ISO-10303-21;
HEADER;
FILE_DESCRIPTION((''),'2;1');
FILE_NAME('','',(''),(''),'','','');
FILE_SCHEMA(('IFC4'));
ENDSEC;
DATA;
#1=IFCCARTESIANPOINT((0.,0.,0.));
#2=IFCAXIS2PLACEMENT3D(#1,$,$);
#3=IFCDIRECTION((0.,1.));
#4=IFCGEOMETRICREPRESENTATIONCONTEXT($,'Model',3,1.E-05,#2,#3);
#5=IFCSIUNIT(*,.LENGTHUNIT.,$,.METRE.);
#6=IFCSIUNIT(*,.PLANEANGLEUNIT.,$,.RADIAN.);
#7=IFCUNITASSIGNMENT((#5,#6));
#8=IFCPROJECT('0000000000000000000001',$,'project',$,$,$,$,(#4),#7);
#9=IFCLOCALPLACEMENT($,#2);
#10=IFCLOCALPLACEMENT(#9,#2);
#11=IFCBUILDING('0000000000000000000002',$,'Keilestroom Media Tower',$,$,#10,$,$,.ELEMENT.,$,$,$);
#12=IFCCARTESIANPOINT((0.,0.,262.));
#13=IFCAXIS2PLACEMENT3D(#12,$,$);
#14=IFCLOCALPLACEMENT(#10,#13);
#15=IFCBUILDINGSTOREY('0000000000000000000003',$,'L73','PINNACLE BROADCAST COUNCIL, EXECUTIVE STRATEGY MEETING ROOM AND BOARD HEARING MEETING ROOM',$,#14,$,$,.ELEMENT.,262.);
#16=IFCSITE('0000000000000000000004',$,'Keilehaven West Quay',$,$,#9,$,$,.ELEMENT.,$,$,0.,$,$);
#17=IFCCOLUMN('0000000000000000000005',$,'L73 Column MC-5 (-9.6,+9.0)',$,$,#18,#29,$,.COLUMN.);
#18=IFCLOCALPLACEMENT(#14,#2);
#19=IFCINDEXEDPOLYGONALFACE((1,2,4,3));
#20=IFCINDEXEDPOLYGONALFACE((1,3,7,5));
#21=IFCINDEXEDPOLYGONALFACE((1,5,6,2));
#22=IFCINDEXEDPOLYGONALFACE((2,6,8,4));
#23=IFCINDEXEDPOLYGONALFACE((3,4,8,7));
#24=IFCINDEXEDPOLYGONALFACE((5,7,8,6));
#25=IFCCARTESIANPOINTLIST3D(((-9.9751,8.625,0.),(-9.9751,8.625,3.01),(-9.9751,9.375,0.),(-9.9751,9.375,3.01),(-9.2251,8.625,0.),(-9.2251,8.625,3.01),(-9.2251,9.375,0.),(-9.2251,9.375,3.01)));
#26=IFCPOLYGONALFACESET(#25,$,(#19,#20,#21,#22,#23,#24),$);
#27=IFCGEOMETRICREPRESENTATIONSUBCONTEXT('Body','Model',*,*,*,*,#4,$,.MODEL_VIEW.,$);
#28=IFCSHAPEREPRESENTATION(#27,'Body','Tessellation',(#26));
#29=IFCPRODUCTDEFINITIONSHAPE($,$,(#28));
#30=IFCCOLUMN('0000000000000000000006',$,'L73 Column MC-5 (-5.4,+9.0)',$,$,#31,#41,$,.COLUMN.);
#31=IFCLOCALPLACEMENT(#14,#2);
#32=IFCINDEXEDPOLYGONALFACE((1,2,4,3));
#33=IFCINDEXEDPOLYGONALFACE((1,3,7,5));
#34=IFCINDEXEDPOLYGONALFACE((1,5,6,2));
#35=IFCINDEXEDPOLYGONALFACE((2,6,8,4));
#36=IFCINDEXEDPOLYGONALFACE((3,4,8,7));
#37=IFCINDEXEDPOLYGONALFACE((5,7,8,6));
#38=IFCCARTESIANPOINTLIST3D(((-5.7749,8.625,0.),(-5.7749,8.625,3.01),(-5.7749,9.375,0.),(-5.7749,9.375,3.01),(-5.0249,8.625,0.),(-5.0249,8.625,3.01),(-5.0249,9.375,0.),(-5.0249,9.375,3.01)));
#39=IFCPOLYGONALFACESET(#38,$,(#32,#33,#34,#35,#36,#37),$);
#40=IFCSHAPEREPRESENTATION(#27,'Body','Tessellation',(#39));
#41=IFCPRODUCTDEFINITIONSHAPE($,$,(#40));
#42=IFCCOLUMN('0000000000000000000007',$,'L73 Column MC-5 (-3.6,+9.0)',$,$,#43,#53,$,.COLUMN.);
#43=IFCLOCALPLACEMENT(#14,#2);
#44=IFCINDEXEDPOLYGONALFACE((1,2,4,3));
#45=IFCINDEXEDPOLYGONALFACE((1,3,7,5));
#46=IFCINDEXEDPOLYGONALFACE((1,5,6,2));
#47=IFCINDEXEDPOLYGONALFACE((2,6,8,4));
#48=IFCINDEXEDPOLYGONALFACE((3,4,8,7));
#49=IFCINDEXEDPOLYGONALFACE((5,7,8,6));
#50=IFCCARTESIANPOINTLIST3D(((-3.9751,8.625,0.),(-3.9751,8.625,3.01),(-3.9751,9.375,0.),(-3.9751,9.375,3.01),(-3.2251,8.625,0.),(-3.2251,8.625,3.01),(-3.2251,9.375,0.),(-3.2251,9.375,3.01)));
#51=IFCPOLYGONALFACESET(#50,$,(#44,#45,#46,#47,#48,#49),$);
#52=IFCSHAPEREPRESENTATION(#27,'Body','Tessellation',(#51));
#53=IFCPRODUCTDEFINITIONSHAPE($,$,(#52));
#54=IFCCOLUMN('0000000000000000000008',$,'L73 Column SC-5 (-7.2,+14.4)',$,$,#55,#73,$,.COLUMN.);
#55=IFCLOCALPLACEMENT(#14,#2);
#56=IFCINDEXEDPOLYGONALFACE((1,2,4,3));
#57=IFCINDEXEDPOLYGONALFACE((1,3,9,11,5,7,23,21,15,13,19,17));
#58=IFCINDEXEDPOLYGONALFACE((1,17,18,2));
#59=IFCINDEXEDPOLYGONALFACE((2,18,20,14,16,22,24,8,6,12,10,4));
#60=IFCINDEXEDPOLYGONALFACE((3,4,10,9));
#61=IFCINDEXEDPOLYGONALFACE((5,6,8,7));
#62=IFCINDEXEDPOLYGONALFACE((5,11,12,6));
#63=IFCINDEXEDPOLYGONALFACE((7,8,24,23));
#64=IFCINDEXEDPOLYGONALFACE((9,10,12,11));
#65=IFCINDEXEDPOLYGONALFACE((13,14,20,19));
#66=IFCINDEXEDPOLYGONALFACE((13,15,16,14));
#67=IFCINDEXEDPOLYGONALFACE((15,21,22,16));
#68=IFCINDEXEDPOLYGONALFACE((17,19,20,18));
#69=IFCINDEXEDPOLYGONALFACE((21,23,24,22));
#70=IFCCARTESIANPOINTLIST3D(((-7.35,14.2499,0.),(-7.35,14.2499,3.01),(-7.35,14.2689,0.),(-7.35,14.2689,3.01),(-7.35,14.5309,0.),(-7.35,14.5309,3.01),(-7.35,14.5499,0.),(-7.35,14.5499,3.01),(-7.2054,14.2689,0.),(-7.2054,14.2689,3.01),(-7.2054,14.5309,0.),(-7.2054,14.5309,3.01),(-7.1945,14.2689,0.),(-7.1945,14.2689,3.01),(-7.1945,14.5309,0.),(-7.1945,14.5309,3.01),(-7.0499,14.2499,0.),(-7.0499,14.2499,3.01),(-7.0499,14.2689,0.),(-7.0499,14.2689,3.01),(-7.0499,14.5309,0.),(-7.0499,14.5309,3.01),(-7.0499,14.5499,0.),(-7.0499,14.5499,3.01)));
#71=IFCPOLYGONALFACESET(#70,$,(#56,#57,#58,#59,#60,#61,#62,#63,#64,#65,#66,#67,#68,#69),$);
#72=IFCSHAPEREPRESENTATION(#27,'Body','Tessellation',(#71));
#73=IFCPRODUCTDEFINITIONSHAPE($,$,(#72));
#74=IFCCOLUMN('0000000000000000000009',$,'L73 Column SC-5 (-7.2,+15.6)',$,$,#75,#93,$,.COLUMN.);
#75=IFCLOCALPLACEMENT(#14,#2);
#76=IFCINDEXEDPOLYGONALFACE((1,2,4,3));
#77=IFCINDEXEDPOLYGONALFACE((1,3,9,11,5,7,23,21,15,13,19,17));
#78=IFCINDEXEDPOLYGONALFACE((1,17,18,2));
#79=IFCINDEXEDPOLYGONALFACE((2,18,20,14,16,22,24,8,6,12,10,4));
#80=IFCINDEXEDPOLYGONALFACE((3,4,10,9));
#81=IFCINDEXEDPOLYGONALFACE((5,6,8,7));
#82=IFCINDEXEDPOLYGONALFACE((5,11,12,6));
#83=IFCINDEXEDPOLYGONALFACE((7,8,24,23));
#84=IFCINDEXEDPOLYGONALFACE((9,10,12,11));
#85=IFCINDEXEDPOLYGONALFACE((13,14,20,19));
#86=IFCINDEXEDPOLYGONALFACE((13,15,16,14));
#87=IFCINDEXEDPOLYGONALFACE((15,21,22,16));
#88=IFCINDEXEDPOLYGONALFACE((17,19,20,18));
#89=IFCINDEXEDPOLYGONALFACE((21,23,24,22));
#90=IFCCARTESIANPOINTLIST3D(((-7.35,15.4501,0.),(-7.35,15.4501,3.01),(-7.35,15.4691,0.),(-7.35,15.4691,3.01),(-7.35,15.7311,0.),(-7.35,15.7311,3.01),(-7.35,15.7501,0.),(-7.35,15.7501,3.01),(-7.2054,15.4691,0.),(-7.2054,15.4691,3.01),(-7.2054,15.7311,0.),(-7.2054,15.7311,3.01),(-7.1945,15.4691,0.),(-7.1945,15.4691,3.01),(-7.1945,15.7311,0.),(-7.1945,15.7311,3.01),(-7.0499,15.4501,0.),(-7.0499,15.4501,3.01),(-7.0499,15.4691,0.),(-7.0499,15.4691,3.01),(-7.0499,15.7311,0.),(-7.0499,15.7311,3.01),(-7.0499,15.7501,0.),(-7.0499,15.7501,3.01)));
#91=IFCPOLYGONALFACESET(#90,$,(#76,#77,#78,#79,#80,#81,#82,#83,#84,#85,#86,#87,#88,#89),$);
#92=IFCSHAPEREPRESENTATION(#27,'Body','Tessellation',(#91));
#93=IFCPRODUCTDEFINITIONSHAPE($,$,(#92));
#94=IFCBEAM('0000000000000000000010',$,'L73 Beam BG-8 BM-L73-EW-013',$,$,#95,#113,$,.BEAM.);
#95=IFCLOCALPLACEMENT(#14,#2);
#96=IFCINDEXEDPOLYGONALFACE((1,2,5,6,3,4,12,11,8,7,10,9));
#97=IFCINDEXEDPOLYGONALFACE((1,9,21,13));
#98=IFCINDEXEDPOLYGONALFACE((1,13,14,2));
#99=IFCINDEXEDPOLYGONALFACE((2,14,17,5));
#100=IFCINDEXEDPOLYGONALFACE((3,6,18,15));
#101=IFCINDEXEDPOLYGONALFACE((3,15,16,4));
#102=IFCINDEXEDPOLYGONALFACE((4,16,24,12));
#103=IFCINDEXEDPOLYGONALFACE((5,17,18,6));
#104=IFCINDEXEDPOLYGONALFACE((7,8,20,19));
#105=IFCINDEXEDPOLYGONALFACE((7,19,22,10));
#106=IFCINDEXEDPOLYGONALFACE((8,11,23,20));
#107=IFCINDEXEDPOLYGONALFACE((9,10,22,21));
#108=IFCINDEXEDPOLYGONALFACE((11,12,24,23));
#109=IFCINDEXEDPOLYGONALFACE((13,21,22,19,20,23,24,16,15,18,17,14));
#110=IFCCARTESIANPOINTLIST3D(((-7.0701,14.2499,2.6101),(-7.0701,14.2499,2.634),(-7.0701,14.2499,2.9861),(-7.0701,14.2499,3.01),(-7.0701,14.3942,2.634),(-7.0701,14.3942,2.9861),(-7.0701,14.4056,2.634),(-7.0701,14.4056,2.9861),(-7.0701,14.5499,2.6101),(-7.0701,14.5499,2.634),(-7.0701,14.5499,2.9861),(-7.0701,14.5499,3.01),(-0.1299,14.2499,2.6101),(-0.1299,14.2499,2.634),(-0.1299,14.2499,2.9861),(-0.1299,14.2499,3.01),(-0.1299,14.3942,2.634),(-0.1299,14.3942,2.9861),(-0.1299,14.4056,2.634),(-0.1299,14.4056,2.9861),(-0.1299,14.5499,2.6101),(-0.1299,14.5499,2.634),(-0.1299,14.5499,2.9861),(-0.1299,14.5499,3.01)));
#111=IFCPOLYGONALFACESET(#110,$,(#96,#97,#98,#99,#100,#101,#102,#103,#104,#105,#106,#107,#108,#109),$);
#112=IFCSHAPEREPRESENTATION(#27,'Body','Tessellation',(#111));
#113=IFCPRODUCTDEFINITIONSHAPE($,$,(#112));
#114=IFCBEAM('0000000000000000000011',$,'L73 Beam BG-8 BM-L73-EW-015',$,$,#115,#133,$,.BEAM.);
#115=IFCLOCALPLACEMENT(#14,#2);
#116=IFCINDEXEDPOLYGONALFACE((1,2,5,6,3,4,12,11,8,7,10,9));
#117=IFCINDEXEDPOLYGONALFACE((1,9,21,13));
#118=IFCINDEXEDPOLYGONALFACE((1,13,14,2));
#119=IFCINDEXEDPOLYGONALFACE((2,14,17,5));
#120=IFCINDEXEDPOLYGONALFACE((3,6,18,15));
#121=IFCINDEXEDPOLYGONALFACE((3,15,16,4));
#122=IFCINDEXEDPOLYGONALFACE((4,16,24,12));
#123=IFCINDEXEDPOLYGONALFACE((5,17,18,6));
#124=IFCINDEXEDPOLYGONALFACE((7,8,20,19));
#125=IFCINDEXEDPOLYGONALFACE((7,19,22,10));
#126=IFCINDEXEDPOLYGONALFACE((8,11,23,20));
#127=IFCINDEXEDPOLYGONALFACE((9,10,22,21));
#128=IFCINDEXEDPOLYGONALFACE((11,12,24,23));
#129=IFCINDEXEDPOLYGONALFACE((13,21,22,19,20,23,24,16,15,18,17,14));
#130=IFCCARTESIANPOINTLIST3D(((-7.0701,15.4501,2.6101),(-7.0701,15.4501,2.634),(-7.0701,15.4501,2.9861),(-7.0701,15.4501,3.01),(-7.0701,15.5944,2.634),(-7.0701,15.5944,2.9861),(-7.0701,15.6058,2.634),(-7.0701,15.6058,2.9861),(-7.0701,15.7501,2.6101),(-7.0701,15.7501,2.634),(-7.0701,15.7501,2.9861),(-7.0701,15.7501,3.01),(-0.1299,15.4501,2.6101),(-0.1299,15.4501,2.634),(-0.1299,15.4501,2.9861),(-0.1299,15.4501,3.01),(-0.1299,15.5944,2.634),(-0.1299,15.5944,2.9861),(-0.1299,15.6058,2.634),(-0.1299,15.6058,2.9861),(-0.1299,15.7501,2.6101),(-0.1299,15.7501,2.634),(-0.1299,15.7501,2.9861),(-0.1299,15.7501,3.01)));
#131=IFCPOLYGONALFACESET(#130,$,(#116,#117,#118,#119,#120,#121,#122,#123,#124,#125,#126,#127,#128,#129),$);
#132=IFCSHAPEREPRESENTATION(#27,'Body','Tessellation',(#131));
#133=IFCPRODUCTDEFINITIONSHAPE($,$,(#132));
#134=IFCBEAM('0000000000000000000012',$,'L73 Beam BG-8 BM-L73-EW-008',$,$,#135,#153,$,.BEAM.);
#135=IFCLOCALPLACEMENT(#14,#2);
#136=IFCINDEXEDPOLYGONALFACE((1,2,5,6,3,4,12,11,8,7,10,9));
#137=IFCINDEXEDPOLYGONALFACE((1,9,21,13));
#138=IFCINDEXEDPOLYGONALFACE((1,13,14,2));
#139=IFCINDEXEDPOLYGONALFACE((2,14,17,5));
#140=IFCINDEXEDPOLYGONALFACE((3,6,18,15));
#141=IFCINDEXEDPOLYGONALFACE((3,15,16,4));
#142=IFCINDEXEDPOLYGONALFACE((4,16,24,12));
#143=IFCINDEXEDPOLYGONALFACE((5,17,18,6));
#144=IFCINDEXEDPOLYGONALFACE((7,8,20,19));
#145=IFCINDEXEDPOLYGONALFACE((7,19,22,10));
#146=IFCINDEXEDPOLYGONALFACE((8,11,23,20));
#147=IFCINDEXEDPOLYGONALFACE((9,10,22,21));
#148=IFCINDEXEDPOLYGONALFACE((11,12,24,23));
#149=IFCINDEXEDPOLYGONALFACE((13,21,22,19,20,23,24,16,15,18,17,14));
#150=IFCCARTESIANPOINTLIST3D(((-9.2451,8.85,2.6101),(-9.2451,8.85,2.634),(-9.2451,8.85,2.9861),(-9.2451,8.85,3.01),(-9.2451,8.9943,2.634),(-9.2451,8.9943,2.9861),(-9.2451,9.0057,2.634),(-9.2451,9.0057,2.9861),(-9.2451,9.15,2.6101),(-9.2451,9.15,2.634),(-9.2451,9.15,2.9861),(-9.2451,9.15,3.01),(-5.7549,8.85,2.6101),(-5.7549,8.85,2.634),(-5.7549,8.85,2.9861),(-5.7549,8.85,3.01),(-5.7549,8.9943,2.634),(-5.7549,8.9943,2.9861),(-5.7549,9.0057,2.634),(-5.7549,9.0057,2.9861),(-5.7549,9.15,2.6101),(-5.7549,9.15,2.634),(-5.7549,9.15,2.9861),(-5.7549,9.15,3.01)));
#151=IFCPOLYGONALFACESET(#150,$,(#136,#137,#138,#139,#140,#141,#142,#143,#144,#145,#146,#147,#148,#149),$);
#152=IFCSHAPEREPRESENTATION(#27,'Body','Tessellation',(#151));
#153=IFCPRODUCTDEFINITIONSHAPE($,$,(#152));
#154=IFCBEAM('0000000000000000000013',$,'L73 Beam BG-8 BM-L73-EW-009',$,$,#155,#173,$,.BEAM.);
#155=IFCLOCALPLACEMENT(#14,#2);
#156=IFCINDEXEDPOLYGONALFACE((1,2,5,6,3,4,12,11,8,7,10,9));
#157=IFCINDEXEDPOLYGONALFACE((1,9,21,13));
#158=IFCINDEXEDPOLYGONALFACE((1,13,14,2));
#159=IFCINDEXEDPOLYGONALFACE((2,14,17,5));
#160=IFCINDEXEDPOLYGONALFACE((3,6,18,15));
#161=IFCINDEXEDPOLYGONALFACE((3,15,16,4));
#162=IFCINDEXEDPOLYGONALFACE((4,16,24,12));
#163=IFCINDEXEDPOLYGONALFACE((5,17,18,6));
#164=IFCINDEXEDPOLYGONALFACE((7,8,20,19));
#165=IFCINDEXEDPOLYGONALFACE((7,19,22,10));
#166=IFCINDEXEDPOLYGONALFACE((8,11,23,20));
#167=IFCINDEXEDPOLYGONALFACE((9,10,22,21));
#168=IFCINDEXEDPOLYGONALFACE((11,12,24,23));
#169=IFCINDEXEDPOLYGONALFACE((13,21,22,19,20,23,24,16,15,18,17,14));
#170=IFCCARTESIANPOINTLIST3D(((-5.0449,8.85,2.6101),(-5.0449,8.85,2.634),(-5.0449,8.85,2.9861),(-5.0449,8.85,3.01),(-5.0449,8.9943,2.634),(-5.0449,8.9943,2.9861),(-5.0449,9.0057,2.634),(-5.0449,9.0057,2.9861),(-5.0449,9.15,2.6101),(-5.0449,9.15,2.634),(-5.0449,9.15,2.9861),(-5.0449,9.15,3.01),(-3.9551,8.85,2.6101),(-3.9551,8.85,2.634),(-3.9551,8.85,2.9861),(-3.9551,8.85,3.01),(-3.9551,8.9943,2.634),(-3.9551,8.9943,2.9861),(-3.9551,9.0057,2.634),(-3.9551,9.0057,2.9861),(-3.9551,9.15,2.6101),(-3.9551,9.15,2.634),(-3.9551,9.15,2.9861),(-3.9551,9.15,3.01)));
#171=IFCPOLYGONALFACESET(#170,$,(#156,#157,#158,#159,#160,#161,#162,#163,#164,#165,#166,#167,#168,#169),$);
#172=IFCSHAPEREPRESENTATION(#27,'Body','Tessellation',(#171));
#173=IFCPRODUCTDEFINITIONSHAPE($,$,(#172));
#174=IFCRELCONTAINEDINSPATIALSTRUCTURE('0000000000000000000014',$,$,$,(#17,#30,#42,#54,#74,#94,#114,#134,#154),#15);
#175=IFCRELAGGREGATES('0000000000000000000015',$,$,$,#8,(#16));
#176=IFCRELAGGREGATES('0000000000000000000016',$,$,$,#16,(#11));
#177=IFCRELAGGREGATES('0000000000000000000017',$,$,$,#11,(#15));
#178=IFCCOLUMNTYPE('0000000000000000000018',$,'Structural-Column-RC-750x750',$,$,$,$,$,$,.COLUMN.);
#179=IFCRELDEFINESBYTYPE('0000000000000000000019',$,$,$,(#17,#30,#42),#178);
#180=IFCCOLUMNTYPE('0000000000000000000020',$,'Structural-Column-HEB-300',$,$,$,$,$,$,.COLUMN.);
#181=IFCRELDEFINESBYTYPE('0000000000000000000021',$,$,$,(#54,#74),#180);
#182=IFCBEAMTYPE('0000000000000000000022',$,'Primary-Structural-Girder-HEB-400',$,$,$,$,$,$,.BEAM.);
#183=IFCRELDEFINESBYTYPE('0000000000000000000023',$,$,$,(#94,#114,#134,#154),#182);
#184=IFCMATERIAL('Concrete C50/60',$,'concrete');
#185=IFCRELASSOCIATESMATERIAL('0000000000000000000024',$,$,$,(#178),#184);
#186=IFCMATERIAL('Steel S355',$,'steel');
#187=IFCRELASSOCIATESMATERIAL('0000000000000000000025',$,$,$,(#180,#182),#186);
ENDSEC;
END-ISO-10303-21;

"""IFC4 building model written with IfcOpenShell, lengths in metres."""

from ifc_helpers import new_model, si_unit, direction, frame, origin, origin_2d, place, context, subcontext, project, spatial, rectangle, i_section, extrude, source, transform, mapped, material, material_profile, profile_set, type_object, element, save


model = new_model("IFC4")

# Units and contexts
model_context = context("Model", 3, precision=1e-05, world=origin(), true_north=direction((0.0, 1.0)))
body_context = subcontext(model_context, "Body", "Model", "MODEL_VIEW")
ifc_project = project(units=[si_unit("LENGTHUNIT", "METRE"), si_unit("PLANEANGLEUNIT", "RADIAN")], contexts=[model_context])

# Site, building, storey
site_placement = place(None, origin())
site = spatial("IfcSite", under=ifc_project, at=site_placement, Name="Keilehaven West Quay", CompositionType="ELEMENT", RefElevation=0.0)
building_placement = place(site_placement, origin())
building = spatial("IfcBuilding", under=site, at=building_placement, Name="Keilestroom Media Tower", CompositionType="ELEMENT")
storey_placement = place(building_placement, frame((0.0, 0.0, 262.0)))
storey = spatial("IfcBuildingStorey", under=building, at=storey_placement, Name="L73", Description="PINNACLE BROADCAST COUNCIL, EXECUTIVE STRATEGY MEETING ROOM AND BOARD HEARING MEETING ROOM", CompositionType="ELEMENT", Elevation=262.0)

# Columns
ifc_material_1 = material(Name="Concrete C50/60", Category="concrete")
ifc_material_profile_1 = material_profile(ifc_material_1, rectangle(XDim=0.75, YDim=0.75, at=origin_2d()), Name="RC 750x750")
ifc_profile_set_1 = profile_set([ifc_material_profile_1], Name="Concrete C50/60")
column_type_1 = type_object("IfcColumnType", Name="Structural-Column-RC-750x750", PredefinedType="COLUMN", material=ifc_profile_set_1)
shared_shape_1 = source(origin(), body_context, "Body", "SweptSolid", [
    extrude(rectangle(XDim=0.75, YDim=0.75, at=origin_2d()), origin(), (0.0, 0.0, 1.0), 3.01),
])
for number, where, z_axis, x_axis, name in (
    (1, (-9.6001, 9.0, 0.0), (0.0, 0.0, 1.0), (1.0, 0.0, 0.0), "L73 Column MC-5 (-9.6,+9.0)"),
    (2, (-5.3999, 9.0, 0.0), (0.0, 0.0, 1.0), (1.0, 0.0, 0.0), "L73 Column MC-5 (-5.4,+9.0)"),
    (3, (-3.6001, 9.0, 0.0), (0.0, 0.0, 1.0), (1.0, 0.0, 0.0), "L73 Column MC-5 (-3.6,+9.0)"),
):
    element("IfcColumn", number, at=place(storey_placement, frame(where, z_axis=z_axis, x_axis=x_axis)), inside=storey, type_object=column_type_1, Name=name, PredefinedType="COLUMN", context=body_context, shape_type="MappedRepresentation", body=[
        mapped(shared_shape_1, transform((0.0, 0.0, 0.0), x_axis=(1.0, 0.0, 0.0), y_axis=(0.0, 1.0, 0.0), z_axis=(0.0, 0.0, 1.0), scale=1.0)),
    ])
ifc_material_2 = material(Name="Steel S355", Category="steel")
ifc_material_profile_2 = material_profile(ifc_material_2, i_section(OverallWidth=0.3, OverallDepth=0.3, WebThickness=0.011, FlangeThickness=0.019, at=origin_2d()), Name="HEB 300")
ifc_profile_set_2 = profile_set([ifc_material_profile_2], Name="Steel S355")
column_type_2 = type_object("IfcColumnType", Name="Structural-Column-HEB-300", PredefinedType="COLUMN", material=ifc_profile_set_2)
shared_shape_2 = source(origin(), body_context, "Body", "SweptSolid", [
    extrude(i_section(OverallWidth=0.3, OverallDepth=0.3, WebThickness=0.011, FlangeThickness=0.019, at=origin_2d()), origin(), (0.0, 0.0, 1.0), 3.01),
])
for number, where, z_axis, x_axis, name in (
    (4, (-7.2, 14.3999, 0.0), (0.0, 0.0, 1.0), (1.0, 0.0, 0.0), "L73 Column SC-5 (-7.2,+14.4)"),
    (5, (-7.2, 15.6001, 0.0), (0.0, 0.0, 1.0), (1.0, 0.0, 0.0), "L73 Column SC-5 (-7.2,+15.6)"),
):
    element("IfcColumn", number, at=place(storey_placement, frame(where, z_axis=z_axis, x_axis=x_axis)), inside=storey, type_object=column_type_2, Name=name, PredefinedType="COLUMN", context=body_context, shape_type="MappedRepresentation", body=[
        mapped(shared_shape_2, transform((0.0, 0.0, 0.0), x_axis=(1.0, 0.0, 0.0), y_axis=(0.0, 1.0, 0.0), z_axis=(0.0, 0.0, 1.0), scale=1.0)),
    ])

# Beams
ifc_material_profile_3 = material_profile(ifc_material_2, i_section(OverallWidth=0.3, OverallDepth=0.3999, WebThickness=0.0115, FlangeThickness=0.0239, at=origin_2d()), Name="HEB 400")
ifc_profile_set_3 = profile_set([ifc_material_profile_3], Name="Steel S355")
beam_type = type_object("IfcBeamType", Name="Primary-Structural-Girder-HEB-400", PredefinedType="BEAM", material=ifc_profile_set_3)
shared_shape_3 = source(origin(), body_context, "Body", "SweptSolid", [
    extrude(i_section(OverallWidth=0.3, OverallDepth=0.3999, WebThickness=0.0115, FlangeThickness=0.0239, at=origin_2d()), origin(), (0.0, 0.0, 1.0), 6.9402),
])
for number, where, z_axis, x_axis, name in (
    (6, (-7.0701, 14.3999, 2.8101), (1.0, 0.0, 0.0), (0.0, 1.0, 0.0), "L73 Beam BG-8 BM-L73-EW-013"),
    (7, (-7.0701, 15.6001, 2.8101), (1.0, 0.0, 0.0), (0.0, 1.0, 0.0), "L73 Beam BG-8 BM-L73-EW-015"),
):
    element("IfcBeam", number, at=place(storey_placement, frame(where, z_axis=z_axis, x_axis=x_axis)), inside=storey, type_object=beam_type, Name=name, PredefinedType="BEAM", context=body_context, shape_type="MappedRepresentation", body=[
        mapped(shared_shape_3, transform((0.0, 0.0, 0.0), x_axis=(1.0, 0.0, 0.0), y_axis=(0.0, 1.0, 0.0), z_axis=(0.0, 0.0, 1.0), scale=1.0)),
    ])
shared_shape_4 = source(origin(), body_context, "Body", "SweptSolid", [
    extrude(i_section(OverallWidth=0.3, OverallDepth=0.3999, WebThickness=0.0115, FlangeThickness=0.0239, at=origin_2d()), origin(), (0.0, 0.0, 1.0), 3.4902),
])
beam_1_placement = place(storey_placement, frame((-9.2451, 9.0, 2.8101), z_axis=(1.0, 0.0, 0.0), x_axis=(0.0, 1.0, 0.0)))
element("IfcBeam", 8, at=beam_1_placement, inside=storey, type_object=beam_type, Name="L73 Beam BG-8 BM-L73-EW-008", PredefinedType="BEAM", context=body_context, shape_type="MappedRepresentation", body=[
    mapped(shared_shape_4, transform((0.0, 0.0, 0.0), x_axis=(1.0, 0.0, 0.0), y_axis=(0.0, 1.0, 0.0), z_axis=(0.0, 0.0, 1.0), scale=1.0)),
])
shared_shape_5 = source(origin(), body_context, "Body", "SweptSolid", [
    extrude(i_section(OverallWidth=0.3, OverallDepth=0.3999, WebThickness=0.0115, FlangeThickness=0.0239, at=origin_2d()), origin(), (0.0, 0.0, 1.0), 1.0898),
])
beam_2_placement = place(storey_placement, frame((-5.0449, 9.0, 2.8101), z_axis=(1.0, 0.0, 0.0), x_axis=(0.0, 1.0, 0.0)))
element("IfcBeam", 9, at=beam_2_placement, inside=storey, type_object=beam_type, Name="L73 Beam BG-8 BM-L73-EW-009", PredefinedType="BEAM", context=body_context, shape_type="MappedRepresentation", body=[
    mapped(shared_shape_5, transform((0.0, 0.0, 0.0), x_axis=(1.0, 0.0, 0.0), y_axis=(0.0, 1.0, 0.0), z_axis=(0.0, 0.0, 1.0), scale=1.0)),
])

save(model, "model.ifc")
